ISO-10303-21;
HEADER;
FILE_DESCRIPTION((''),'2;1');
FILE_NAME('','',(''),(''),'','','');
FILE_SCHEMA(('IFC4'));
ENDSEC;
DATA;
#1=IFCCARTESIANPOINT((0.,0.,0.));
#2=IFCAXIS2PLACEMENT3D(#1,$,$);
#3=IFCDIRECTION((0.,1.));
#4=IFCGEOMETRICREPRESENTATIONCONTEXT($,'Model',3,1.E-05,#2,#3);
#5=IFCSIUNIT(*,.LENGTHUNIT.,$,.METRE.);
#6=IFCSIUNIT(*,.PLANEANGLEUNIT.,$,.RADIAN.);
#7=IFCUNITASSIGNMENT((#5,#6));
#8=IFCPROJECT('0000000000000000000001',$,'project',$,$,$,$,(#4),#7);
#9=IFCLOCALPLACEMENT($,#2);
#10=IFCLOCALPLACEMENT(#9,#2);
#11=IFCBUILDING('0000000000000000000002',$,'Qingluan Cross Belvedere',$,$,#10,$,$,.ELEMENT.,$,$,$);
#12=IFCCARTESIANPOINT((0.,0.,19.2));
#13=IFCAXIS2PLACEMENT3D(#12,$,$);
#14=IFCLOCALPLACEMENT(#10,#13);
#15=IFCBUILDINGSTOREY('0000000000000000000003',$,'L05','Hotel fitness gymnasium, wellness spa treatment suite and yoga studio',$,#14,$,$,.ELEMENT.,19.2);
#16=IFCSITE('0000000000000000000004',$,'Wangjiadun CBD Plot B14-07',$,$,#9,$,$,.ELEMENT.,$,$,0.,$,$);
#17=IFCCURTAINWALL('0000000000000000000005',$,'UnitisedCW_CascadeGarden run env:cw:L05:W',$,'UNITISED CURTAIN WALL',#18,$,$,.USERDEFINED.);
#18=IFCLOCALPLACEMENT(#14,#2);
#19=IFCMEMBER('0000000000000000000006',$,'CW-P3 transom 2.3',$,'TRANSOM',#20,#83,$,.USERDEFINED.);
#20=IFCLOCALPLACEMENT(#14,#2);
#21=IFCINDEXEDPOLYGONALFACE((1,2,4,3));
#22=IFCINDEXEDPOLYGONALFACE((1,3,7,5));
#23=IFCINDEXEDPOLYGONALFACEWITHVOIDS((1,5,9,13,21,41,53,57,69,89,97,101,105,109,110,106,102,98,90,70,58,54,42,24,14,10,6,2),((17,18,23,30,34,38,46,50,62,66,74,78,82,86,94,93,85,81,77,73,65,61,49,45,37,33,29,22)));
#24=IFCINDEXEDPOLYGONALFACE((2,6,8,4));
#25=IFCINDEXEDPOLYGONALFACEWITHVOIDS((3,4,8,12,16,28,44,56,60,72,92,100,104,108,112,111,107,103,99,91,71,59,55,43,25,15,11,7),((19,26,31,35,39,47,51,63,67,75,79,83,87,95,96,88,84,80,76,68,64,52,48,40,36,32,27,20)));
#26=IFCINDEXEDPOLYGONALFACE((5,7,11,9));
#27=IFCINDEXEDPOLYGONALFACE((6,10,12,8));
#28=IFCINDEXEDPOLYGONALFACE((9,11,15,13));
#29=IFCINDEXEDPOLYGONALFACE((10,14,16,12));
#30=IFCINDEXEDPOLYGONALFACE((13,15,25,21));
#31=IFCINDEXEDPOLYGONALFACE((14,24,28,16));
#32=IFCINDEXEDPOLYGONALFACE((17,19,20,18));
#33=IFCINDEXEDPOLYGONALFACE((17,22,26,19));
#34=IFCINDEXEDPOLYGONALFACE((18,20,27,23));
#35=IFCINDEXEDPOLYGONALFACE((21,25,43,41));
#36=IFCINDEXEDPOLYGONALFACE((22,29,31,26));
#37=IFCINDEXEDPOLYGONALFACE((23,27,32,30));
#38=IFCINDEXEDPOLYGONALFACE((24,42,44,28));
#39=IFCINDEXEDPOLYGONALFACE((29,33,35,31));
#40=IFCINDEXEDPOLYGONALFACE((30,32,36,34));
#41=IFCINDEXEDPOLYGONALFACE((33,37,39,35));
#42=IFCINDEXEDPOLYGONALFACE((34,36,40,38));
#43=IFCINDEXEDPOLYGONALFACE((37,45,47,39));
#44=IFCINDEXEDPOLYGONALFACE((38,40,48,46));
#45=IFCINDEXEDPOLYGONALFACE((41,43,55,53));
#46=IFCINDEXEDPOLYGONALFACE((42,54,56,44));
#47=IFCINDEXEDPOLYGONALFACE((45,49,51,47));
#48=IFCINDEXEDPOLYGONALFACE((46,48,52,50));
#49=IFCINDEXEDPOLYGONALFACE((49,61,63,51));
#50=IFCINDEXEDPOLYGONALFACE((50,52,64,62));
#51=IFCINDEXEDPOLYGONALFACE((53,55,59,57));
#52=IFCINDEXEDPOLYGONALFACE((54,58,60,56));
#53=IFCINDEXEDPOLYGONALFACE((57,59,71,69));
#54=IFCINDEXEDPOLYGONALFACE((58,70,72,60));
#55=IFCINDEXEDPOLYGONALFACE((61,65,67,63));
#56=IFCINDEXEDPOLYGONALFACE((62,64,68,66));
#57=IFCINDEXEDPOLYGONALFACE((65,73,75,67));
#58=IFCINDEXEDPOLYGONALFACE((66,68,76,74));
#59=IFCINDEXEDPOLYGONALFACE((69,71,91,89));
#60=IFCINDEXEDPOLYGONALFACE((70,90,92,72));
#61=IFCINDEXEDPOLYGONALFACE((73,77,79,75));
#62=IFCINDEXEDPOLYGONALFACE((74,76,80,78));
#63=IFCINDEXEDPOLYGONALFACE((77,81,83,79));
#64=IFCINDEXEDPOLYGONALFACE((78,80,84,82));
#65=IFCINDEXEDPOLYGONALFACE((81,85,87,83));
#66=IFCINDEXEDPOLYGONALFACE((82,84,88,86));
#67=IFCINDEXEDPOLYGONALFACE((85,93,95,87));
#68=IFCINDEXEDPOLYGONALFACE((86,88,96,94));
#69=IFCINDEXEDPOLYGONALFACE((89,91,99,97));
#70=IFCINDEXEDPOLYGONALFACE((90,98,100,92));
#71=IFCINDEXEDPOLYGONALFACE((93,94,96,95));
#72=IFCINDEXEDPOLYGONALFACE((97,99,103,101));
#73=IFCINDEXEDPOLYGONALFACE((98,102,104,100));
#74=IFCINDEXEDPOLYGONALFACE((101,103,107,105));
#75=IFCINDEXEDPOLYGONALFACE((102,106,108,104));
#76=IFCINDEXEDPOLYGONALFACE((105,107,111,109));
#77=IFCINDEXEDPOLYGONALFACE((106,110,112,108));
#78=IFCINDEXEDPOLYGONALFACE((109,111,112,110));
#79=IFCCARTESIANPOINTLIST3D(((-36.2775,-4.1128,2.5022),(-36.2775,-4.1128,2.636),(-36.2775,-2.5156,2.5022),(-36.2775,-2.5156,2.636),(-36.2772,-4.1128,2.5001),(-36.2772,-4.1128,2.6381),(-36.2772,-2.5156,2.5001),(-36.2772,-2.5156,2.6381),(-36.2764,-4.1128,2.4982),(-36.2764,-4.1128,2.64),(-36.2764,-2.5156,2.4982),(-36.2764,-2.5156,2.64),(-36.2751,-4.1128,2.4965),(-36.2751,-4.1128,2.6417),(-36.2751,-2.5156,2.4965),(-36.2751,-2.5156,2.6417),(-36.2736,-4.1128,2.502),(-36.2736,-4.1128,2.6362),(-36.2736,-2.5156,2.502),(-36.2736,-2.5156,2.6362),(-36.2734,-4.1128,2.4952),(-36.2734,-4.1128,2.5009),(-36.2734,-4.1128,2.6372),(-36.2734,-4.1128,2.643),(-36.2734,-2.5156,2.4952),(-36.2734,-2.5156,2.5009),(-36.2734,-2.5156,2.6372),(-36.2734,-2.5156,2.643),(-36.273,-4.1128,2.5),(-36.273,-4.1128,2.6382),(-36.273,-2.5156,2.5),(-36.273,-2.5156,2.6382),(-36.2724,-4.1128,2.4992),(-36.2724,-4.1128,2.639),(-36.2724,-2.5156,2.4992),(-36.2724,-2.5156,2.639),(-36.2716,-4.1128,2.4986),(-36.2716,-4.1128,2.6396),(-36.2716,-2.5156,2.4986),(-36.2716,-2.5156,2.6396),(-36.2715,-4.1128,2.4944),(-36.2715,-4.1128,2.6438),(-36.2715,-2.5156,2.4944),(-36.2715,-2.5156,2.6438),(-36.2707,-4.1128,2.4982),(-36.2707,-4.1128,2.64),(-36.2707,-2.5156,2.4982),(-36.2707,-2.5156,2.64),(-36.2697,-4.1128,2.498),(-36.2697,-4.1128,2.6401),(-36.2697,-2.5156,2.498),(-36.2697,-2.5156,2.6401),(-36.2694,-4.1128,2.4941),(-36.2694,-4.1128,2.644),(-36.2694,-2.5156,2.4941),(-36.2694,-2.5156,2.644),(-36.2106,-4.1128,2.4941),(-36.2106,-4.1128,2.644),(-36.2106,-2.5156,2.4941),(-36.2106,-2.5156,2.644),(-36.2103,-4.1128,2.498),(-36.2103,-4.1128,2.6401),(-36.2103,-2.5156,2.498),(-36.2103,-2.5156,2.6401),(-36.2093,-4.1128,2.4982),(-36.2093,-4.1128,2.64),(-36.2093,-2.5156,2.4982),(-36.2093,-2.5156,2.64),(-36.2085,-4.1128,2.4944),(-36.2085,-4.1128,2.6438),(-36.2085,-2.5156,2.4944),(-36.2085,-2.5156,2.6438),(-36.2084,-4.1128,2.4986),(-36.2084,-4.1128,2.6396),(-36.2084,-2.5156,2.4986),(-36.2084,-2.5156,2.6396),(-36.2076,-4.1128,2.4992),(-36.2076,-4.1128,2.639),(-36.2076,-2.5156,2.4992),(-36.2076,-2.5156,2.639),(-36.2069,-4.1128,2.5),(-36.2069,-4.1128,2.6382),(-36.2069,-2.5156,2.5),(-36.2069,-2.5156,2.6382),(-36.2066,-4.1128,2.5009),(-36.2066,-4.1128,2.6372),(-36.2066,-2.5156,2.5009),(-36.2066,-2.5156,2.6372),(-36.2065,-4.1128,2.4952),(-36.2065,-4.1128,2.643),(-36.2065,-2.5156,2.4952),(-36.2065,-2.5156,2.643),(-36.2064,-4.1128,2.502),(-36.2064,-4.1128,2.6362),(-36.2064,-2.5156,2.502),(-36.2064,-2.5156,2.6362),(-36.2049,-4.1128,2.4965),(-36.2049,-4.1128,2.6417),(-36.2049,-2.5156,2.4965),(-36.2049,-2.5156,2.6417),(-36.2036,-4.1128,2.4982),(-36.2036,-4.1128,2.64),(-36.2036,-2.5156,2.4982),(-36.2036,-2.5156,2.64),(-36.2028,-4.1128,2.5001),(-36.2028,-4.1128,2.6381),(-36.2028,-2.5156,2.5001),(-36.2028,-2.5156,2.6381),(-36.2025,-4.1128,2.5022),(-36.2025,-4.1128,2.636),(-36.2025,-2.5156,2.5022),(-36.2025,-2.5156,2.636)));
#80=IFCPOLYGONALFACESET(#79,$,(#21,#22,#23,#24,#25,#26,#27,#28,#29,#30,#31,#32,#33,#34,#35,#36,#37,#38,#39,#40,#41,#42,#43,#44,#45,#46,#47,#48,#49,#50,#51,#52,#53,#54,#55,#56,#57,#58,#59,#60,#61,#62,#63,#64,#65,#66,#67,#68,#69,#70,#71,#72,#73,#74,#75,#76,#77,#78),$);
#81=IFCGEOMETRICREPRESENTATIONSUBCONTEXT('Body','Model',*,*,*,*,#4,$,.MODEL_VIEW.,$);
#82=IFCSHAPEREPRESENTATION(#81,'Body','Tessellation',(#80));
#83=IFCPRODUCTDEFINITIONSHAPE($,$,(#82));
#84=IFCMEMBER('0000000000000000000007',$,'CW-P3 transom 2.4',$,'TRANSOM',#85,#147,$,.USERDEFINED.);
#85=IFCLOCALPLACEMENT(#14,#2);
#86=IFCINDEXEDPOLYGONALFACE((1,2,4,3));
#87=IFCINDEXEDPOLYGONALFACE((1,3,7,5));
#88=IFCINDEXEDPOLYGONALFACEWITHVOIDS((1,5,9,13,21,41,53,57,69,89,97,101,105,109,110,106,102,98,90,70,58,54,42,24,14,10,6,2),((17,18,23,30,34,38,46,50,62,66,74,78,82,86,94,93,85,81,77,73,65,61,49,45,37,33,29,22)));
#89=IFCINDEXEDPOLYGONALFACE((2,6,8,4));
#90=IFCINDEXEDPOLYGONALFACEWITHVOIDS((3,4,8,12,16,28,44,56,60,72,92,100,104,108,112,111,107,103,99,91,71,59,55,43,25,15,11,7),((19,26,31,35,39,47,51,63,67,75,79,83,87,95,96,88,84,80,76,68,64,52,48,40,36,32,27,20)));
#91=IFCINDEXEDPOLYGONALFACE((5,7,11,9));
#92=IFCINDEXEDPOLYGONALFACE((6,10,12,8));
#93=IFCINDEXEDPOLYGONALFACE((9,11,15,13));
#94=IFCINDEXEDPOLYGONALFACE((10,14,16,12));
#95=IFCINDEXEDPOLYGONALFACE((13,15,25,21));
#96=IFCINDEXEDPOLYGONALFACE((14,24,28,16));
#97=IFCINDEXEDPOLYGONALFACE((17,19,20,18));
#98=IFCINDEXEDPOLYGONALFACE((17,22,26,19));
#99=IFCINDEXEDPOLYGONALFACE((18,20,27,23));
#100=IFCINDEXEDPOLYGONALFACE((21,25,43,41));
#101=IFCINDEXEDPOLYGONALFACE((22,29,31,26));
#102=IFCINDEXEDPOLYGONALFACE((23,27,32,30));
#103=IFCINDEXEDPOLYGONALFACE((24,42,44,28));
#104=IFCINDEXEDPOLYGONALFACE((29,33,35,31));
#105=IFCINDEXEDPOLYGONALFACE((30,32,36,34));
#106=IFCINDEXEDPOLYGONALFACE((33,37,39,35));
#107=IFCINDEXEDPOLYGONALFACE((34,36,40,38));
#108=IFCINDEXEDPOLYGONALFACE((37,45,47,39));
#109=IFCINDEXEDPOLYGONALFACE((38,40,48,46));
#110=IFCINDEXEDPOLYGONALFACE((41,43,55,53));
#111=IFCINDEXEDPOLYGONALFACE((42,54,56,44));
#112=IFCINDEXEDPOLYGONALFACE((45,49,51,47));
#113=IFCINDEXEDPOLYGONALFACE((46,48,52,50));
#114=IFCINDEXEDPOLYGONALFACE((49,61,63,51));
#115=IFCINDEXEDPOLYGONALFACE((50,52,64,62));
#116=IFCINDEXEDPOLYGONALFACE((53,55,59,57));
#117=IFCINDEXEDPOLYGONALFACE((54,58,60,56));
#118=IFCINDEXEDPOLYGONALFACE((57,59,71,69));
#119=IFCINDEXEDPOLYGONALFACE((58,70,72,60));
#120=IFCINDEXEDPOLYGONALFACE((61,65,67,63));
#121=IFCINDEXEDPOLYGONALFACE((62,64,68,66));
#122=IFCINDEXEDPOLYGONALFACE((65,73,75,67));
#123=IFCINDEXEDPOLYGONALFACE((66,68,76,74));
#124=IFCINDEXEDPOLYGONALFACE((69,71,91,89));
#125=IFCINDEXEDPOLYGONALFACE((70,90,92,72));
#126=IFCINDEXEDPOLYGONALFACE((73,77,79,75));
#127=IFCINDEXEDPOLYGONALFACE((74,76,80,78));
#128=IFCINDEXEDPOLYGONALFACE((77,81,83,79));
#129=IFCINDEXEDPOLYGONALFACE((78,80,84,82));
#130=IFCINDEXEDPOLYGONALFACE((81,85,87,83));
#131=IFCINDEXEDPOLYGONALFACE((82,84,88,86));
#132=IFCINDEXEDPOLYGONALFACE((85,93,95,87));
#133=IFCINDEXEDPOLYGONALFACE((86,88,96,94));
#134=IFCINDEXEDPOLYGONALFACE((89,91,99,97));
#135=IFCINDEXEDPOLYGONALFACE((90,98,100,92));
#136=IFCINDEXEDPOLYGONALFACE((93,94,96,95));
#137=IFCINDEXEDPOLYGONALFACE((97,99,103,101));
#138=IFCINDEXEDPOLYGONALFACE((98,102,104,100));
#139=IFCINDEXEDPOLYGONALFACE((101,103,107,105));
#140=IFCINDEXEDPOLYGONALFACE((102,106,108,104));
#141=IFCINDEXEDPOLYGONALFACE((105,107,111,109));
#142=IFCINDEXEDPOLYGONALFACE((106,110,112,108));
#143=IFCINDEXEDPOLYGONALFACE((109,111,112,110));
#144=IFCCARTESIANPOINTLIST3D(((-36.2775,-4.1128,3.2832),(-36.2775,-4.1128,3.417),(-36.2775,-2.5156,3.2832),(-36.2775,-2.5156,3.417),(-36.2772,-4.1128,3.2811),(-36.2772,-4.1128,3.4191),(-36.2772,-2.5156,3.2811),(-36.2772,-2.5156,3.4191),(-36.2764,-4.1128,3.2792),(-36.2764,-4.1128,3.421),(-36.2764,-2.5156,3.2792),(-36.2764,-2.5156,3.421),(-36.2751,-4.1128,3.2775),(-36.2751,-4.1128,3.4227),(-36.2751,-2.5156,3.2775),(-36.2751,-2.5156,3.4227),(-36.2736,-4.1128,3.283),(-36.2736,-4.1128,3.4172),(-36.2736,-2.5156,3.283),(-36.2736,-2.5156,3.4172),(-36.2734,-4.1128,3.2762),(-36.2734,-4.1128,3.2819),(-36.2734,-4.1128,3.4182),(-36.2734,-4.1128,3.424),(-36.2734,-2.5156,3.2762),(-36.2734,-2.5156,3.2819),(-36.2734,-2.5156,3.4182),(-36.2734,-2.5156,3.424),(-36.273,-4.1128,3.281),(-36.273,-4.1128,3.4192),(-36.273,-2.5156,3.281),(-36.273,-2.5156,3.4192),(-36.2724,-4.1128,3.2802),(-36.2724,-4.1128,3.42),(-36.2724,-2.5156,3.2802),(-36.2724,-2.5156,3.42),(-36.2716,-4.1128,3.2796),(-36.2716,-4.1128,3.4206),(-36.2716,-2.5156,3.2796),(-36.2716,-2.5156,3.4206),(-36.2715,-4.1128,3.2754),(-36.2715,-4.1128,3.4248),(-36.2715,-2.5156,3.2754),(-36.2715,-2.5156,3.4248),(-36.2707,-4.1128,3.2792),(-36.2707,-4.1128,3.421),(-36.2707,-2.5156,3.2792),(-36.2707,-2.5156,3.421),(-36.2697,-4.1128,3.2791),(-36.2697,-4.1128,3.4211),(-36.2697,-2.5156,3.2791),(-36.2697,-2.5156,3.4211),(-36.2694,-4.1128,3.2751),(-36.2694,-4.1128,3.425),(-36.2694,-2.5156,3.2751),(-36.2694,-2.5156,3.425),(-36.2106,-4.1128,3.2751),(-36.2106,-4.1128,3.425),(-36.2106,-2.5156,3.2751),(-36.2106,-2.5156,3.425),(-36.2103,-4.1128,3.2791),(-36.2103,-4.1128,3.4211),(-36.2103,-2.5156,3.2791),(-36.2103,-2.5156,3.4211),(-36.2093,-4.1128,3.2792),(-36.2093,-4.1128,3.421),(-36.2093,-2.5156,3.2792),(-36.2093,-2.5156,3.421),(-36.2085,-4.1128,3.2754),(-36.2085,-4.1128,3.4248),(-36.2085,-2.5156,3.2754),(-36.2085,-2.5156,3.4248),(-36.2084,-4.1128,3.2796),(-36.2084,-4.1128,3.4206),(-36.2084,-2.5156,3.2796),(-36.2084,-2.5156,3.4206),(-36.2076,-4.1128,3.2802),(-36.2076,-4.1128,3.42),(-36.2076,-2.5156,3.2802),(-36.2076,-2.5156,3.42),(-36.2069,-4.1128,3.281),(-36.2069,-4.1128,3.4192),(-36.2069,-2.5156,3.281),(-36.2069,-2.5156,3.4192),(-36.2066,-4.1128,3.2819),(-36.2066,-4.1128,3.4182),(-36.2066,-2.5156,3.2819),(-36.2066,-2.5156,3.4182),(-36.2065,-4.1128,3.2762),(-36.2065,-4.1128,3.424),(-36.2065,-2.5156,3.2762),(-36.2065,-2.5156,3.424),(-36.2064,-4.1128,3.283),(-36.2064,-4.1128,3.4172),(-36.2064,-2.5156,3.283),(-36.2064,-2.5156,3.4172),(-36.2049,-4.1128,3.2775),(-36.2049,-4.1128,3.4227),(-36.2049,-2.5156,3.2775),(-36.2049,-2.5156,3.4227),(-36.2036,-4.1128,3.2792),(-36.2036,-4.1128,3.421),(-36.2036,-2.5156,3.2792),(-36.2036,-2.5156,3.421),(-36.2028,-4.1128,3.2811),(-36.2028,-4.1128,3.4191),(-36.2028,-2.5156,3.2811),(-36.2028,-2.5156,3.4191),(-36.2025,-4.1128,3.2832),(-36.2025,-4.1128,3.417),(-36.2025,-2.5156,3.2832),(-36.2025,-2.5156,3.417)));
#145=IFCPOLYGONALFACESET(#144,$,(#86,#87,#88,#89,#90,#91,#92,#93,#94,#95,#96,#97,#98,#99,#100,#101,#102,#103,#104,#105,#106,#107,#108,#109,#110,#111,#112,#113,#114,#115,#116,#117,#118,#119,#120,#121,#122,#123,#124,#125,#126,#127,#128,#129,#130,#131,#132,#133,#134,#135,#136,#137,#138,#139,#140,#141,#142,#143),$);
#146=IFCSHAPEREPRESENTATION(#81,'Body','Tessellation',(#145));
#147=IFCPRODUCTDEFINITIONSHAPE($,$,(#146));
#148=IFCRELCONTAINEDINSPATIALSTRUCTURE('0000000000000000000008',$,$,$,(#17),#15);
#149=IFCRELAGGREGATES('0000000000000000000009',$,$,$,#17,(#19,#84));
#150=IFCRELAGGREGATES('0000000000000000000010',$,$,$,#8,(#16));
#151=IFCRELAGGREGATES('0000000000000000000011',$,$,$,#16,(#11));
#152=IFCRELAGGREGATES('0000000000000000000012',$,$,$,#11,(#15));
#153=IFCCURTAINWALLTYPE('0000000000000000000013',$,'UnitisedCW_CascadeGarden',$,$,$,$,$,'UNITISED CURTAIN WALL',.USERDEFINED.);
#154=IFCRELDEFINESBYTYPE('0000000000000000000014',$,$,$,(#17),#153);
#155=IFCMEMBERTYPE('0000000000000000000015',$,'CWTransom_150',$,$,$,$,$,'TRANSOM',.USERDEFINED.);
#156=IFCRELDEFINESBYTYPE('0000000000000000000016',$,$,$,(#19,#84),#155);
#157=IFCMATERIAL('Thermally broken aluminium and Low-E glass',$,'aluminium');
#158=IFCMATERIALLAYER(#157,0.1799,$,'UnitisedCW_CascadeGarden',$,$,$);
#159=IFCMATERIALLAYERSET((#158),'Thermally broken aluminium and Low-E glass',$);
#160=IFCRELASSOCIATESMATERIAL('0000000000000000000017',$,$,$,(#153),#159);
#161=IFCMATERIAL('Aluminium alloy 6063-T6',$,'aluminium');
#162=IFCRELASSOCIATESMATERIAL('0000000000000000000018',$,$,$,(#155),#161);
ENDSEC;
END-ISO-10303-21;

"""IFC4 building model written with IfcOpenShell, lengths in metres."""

from ifc_helpers import new_model, si_unit, direction, frame, origin, origin_2d, place, context, subcontext, project, spatial, hollow_rectangle, extrude, material, layer, layer_set, material_profile, profile_set, type_object, element, aggregate, save


model = new_model("IFC4")

# Units and contexts
model_context = context("Model", 3, precision=1e-05, world=origin(), true_north=direction((0.0, 1.0)))
body_context = subcontext(model_context, "Body", "Model", "MODEL_VIEW")
ifc_project = project(units=[si_unit("LENGTHUNIT", "METRE"), si_unit("PLANEANGLEUNIT", "RADIAN")], contexts=[model_context])

# Site, building, storey
site_placement = place(None, origin())
site = spatial("IfcSite", under=ifc_project, at=site_placement, Name="Wangjiadun CBD Plot B14-07", CompositionType="ELEMENT", RefElevation=0.0)
building_placement = place(site_placement, origin())
building = spatial("IfcBuilding", under=site, at=building_placement, Name="Qingluan Cross Belvedere", CompositionType="ELEMENT")
storey_placement = place(building_placement, frame((0.0, 0.0, 19.2)))
storey = spatial("IfcBuildingStorey", under=building, at=storey_placement, Name="L05", Description="Hotel fitness gymnasium, wellness spa treatment suite and yoga studio", CompositionType="ELEMENT", Elevation=19.2)

# Curtain wall, members
ifc_material_1 = material(Name="Thermally broken aluminium and Low-E glass", Category="aluminium")
ifc_layer_1 = layer(ifc_material_1, 0.1799, Name="UnitisedCW_CascadeGarden")
ifc_layer_set_1 = layer_set([ifc_layer_1], Name="Thermally broken aluminium and Low-E glass")
curtain_wall_type = type_object("IfcCurtainWallType", Name="UnitisedCW_CascadeGarden", ElementType="UNITISED CURTAIN WALL", PredefinedType="USERDEFINED", material=ifc_layer_set_1)
curtain_wall_placement = place(storey_placement, origin())
curtain_wall = element("IfcCurtainWall", 1, at=curtain_wall_placement, inside=storey, type_object=curtain_wall_type, Name="UnitisedCW_CascadeGarden run env:cw:L05:W", ObjectType="UNITISED CURTAIN WALL", PredefinedType="USERDEFINED")
ifc_material_2 = material(Name="Aluminium alloy 6063-T6", Category="aluminium")
ifc_material_profile_1 = material_profile(ifc_material_2, hollow_rectangle(XDim=0.075, YDim=0.1499, WallThickness=0.0039, InnerFilletRadius=0.0039, OuterFilletRadius=0.0081, at=origin_2d()), Name="CWT150x75x4")
ifc_profile_set_1 = profile_set([ifc_material_profile_1], Name="Aluminium alloy 6063-T6")
member_type_1 = type_object("IfcMemberType", Name="CWTransom_150", ElementType="TRANSOM", PredefinedType="USERDEFINED", material=ifc_profile_set_1)
member_1_placement = place(storey_placement, frame((-36.24, -4.1128, 2.5691), z_axis=(0.0, 1.0, 0.0), x_axis=(-1.0, 0.0, 0.0)))
member_1 = element("IfcMember", 2, at=member_1_placement, type_object=member_type_1, Name="CW-P3 transom 2.3", ObjectType="TRANSOM", PredefinedType="USERDEFINED", context=body_context, shape_type="SweptSolid", body=[
    extrude(hollow_rectangle(XDim=0.075, YDim=0.1499, WallThickness=0.0039, InnerFilletRadius=0.0039, OuterFilletRadius=0.0081, at=origin_2d()), origin(), (0.0, 0.0, 1.0), 1.5972),
])
member_2_placement = place(storey_placement, frame((-36.24, -4.1128, 3.3501), z_axis=(0.0, 1.0, 0.0), x_axis=(-1.0, 0.0, 0.0)))
member_2 = element("IfcMember", 3, at=member_2_placement, type_object=member_type_1, Name="CW-P3 transom 2.4", ObjectType="TRANSOM", PredefinedType="USERDEFINED", context=body_context, shape_type="SweptSolid", body=[
    extrude(hollow_rectangle(XDim=0.075, YDim=0.1499, WallThickness=0.0039, InnerFilletRadius=0.0039, OuterFilletRadius=0.0081, at=origin_2d()), origin(), (0.0, 0.0, 1.0), 1.5972),
])
aggregate(curtain_wall, [member_1, member_2])

save(model, "model.ifc")
